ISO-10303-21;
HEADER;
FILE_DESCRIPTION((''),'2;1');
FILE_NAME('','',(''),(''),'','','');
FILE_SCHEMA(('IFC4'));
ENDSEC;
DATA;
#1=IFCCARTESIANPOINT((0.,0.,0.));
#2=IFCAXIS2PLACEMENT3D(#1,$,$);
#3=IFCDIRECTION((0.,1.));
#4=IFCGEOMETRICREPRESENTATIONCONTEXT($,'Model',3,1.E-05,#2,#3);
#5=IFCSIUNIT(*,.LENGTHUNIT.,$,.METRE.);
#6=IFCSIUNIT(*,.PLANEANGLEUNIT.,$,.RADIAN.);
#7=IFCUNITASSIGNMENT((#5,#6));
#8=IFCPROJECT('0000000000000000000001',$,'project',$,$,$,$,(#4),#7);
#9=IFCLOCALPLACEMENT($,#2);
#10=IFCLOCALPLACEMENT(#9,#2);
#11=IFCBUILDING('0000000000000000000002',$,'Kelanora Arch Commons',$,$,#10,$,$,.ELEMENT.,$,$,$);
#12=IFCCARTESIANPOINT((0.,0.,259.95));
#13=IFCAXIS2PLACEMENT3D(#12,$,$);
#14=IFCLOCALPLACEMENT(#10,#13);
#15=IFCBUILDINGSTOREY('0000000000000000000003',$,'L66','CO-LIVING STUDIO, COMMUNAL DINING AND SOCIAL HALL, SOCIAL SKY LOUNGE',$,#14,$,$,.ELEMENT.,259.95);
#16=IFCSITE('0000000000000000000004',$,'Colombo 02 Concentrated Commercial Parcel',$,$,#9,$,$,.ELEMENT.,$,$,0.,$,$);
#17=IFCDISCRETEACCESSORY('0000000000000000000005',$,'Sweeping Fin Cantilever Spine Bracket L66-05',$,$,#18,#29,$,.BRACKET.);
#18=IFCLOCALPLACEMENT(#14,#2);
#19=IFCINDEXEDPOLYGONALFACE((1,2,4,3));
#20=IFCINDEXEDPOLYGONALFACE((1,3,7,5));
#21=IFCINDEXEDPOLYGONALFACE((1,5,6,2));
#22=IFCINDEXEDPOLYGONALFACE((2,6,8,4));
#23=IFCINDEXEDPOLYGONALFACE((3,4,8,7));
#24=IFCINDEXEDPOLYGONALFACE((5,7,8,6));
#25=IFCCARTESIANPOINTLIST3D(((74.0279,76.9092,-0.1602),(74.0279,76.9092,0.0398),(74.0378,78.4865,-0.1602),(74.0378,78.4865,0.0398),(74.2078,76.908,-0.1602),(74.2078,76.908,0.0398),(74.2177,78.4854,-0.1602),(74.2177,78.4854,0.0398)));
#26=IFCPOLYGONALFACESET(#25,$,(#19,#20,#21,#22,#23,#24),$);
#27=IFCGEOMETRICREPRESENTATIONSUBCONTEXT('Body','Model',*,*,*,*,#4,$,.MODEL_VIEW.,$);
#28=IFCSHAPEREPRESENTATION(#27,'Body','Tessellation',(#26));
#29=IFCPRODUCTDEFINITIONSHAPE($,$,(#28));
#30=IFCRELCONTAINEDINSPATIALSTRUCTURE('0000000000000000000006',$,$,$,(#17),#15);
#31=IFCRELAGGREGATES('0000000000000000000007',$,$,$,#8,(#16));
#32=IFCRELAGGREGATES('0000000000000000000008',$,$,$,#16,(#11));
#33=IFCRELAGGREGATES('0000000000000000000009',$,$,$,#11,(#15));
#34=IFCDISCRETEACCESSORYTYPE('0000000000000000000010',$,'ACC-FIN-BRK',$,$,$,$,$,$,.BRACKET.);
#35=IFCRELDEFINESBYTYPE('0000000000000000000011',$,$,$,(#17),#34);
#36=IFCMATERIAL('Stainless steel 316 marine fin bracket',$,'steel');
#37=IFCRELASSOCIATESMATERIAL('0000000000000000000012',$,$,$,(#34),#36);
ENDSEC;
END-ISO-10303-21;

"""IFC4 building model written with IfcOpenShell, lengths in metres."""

from ifc_helpers import new_model, si_unit, direction, frame, origin, origin_2d, place, context, subcontext, project, spatial, rectangle, extrude, source, transform, mapped, material, type_object, element, save


model = new_model("IFC4")

# Units and contexts
model_context = context("Model", 3, precision=1e-05, world=origin(), true_north=direction((0.0, 1.0)))
body_context = subcontext(model_context, "Body", "Model", "MODEL_VIEW")
ifc_project = project(units=[si_unit("LENGTHUNIT", "METRE"), si_unit("PLANEANGLEUNIT", "RADIAN")], contexts=[model_context])

# Site, building, storey
site_placement = place(None, origin())
site = spatial("IfcSite", under=ifc_project, at=site_placement, Name="Colombo 02 Concentrated Commercial Parcel", CompositionType="ELEMENT", RefElevation=0.0)
building_placement = place(site_placement, origin())
building = spatial("IfcBuilding", under=site, at=building_placement, Name="Kelanora Arch Commons", CompositionType="ELEMENT")
storey_placement = place(building_placement, frame((0.0, 0.0, 259.95)))
storey = spatial("IfcBuildingStorey", under=building, at=storey_placement, Name="L66", Description="CO-LIVING STUDIO, COMMUNAL DINING AND SOCIAL HALL, SOCIAL SKY LOUNGE", CompositionType="ELEMENT", Elevation=259.95)

# Discrete accessory
ifc_material_1 = material(Name="Stainless steel 316 marine fin bracket", Category="steel")
discrete_accessory_type = type_object("IfcDiscreteAccessoryType", Name="ACC-FIN-BRK", PredefinedType="BRACKET", material=ifc_material_1)
shared_shape_1 = source(origin(), body_context, "Body", "SweptSolid", [
    extrude(rectangle(XDim=1.5774, YDim=0.1799, at=origin_2d()), origin(), (0.0, 0.0, 1.0), 0.2),
])
for number, where, z_axis, x_axis, name in (
    (1, (74.1228, 77.6973, -0.1602), (0.0, 0.0, 1.0), (0.006283, 0.99998, 0.0), "Sweeping Fin Cantilever Spine Bracket L66-05"),
):
    element("IfcDiscreteAccessory", number, at=place(storey_placement, frame(where, z_axis=z_axis, x_axis=x_axis)), inside=storey, type_object=discrete_accessory_type, Name=name, PredefinedType="BRACKET", context=body_context, shape_type="MappedRepresentation", body=[
        mapped(shared_shape_1, transform((0.0, 0.0, 0.0), scale=1.0)),
    ])

save(model, "model.ifc")
